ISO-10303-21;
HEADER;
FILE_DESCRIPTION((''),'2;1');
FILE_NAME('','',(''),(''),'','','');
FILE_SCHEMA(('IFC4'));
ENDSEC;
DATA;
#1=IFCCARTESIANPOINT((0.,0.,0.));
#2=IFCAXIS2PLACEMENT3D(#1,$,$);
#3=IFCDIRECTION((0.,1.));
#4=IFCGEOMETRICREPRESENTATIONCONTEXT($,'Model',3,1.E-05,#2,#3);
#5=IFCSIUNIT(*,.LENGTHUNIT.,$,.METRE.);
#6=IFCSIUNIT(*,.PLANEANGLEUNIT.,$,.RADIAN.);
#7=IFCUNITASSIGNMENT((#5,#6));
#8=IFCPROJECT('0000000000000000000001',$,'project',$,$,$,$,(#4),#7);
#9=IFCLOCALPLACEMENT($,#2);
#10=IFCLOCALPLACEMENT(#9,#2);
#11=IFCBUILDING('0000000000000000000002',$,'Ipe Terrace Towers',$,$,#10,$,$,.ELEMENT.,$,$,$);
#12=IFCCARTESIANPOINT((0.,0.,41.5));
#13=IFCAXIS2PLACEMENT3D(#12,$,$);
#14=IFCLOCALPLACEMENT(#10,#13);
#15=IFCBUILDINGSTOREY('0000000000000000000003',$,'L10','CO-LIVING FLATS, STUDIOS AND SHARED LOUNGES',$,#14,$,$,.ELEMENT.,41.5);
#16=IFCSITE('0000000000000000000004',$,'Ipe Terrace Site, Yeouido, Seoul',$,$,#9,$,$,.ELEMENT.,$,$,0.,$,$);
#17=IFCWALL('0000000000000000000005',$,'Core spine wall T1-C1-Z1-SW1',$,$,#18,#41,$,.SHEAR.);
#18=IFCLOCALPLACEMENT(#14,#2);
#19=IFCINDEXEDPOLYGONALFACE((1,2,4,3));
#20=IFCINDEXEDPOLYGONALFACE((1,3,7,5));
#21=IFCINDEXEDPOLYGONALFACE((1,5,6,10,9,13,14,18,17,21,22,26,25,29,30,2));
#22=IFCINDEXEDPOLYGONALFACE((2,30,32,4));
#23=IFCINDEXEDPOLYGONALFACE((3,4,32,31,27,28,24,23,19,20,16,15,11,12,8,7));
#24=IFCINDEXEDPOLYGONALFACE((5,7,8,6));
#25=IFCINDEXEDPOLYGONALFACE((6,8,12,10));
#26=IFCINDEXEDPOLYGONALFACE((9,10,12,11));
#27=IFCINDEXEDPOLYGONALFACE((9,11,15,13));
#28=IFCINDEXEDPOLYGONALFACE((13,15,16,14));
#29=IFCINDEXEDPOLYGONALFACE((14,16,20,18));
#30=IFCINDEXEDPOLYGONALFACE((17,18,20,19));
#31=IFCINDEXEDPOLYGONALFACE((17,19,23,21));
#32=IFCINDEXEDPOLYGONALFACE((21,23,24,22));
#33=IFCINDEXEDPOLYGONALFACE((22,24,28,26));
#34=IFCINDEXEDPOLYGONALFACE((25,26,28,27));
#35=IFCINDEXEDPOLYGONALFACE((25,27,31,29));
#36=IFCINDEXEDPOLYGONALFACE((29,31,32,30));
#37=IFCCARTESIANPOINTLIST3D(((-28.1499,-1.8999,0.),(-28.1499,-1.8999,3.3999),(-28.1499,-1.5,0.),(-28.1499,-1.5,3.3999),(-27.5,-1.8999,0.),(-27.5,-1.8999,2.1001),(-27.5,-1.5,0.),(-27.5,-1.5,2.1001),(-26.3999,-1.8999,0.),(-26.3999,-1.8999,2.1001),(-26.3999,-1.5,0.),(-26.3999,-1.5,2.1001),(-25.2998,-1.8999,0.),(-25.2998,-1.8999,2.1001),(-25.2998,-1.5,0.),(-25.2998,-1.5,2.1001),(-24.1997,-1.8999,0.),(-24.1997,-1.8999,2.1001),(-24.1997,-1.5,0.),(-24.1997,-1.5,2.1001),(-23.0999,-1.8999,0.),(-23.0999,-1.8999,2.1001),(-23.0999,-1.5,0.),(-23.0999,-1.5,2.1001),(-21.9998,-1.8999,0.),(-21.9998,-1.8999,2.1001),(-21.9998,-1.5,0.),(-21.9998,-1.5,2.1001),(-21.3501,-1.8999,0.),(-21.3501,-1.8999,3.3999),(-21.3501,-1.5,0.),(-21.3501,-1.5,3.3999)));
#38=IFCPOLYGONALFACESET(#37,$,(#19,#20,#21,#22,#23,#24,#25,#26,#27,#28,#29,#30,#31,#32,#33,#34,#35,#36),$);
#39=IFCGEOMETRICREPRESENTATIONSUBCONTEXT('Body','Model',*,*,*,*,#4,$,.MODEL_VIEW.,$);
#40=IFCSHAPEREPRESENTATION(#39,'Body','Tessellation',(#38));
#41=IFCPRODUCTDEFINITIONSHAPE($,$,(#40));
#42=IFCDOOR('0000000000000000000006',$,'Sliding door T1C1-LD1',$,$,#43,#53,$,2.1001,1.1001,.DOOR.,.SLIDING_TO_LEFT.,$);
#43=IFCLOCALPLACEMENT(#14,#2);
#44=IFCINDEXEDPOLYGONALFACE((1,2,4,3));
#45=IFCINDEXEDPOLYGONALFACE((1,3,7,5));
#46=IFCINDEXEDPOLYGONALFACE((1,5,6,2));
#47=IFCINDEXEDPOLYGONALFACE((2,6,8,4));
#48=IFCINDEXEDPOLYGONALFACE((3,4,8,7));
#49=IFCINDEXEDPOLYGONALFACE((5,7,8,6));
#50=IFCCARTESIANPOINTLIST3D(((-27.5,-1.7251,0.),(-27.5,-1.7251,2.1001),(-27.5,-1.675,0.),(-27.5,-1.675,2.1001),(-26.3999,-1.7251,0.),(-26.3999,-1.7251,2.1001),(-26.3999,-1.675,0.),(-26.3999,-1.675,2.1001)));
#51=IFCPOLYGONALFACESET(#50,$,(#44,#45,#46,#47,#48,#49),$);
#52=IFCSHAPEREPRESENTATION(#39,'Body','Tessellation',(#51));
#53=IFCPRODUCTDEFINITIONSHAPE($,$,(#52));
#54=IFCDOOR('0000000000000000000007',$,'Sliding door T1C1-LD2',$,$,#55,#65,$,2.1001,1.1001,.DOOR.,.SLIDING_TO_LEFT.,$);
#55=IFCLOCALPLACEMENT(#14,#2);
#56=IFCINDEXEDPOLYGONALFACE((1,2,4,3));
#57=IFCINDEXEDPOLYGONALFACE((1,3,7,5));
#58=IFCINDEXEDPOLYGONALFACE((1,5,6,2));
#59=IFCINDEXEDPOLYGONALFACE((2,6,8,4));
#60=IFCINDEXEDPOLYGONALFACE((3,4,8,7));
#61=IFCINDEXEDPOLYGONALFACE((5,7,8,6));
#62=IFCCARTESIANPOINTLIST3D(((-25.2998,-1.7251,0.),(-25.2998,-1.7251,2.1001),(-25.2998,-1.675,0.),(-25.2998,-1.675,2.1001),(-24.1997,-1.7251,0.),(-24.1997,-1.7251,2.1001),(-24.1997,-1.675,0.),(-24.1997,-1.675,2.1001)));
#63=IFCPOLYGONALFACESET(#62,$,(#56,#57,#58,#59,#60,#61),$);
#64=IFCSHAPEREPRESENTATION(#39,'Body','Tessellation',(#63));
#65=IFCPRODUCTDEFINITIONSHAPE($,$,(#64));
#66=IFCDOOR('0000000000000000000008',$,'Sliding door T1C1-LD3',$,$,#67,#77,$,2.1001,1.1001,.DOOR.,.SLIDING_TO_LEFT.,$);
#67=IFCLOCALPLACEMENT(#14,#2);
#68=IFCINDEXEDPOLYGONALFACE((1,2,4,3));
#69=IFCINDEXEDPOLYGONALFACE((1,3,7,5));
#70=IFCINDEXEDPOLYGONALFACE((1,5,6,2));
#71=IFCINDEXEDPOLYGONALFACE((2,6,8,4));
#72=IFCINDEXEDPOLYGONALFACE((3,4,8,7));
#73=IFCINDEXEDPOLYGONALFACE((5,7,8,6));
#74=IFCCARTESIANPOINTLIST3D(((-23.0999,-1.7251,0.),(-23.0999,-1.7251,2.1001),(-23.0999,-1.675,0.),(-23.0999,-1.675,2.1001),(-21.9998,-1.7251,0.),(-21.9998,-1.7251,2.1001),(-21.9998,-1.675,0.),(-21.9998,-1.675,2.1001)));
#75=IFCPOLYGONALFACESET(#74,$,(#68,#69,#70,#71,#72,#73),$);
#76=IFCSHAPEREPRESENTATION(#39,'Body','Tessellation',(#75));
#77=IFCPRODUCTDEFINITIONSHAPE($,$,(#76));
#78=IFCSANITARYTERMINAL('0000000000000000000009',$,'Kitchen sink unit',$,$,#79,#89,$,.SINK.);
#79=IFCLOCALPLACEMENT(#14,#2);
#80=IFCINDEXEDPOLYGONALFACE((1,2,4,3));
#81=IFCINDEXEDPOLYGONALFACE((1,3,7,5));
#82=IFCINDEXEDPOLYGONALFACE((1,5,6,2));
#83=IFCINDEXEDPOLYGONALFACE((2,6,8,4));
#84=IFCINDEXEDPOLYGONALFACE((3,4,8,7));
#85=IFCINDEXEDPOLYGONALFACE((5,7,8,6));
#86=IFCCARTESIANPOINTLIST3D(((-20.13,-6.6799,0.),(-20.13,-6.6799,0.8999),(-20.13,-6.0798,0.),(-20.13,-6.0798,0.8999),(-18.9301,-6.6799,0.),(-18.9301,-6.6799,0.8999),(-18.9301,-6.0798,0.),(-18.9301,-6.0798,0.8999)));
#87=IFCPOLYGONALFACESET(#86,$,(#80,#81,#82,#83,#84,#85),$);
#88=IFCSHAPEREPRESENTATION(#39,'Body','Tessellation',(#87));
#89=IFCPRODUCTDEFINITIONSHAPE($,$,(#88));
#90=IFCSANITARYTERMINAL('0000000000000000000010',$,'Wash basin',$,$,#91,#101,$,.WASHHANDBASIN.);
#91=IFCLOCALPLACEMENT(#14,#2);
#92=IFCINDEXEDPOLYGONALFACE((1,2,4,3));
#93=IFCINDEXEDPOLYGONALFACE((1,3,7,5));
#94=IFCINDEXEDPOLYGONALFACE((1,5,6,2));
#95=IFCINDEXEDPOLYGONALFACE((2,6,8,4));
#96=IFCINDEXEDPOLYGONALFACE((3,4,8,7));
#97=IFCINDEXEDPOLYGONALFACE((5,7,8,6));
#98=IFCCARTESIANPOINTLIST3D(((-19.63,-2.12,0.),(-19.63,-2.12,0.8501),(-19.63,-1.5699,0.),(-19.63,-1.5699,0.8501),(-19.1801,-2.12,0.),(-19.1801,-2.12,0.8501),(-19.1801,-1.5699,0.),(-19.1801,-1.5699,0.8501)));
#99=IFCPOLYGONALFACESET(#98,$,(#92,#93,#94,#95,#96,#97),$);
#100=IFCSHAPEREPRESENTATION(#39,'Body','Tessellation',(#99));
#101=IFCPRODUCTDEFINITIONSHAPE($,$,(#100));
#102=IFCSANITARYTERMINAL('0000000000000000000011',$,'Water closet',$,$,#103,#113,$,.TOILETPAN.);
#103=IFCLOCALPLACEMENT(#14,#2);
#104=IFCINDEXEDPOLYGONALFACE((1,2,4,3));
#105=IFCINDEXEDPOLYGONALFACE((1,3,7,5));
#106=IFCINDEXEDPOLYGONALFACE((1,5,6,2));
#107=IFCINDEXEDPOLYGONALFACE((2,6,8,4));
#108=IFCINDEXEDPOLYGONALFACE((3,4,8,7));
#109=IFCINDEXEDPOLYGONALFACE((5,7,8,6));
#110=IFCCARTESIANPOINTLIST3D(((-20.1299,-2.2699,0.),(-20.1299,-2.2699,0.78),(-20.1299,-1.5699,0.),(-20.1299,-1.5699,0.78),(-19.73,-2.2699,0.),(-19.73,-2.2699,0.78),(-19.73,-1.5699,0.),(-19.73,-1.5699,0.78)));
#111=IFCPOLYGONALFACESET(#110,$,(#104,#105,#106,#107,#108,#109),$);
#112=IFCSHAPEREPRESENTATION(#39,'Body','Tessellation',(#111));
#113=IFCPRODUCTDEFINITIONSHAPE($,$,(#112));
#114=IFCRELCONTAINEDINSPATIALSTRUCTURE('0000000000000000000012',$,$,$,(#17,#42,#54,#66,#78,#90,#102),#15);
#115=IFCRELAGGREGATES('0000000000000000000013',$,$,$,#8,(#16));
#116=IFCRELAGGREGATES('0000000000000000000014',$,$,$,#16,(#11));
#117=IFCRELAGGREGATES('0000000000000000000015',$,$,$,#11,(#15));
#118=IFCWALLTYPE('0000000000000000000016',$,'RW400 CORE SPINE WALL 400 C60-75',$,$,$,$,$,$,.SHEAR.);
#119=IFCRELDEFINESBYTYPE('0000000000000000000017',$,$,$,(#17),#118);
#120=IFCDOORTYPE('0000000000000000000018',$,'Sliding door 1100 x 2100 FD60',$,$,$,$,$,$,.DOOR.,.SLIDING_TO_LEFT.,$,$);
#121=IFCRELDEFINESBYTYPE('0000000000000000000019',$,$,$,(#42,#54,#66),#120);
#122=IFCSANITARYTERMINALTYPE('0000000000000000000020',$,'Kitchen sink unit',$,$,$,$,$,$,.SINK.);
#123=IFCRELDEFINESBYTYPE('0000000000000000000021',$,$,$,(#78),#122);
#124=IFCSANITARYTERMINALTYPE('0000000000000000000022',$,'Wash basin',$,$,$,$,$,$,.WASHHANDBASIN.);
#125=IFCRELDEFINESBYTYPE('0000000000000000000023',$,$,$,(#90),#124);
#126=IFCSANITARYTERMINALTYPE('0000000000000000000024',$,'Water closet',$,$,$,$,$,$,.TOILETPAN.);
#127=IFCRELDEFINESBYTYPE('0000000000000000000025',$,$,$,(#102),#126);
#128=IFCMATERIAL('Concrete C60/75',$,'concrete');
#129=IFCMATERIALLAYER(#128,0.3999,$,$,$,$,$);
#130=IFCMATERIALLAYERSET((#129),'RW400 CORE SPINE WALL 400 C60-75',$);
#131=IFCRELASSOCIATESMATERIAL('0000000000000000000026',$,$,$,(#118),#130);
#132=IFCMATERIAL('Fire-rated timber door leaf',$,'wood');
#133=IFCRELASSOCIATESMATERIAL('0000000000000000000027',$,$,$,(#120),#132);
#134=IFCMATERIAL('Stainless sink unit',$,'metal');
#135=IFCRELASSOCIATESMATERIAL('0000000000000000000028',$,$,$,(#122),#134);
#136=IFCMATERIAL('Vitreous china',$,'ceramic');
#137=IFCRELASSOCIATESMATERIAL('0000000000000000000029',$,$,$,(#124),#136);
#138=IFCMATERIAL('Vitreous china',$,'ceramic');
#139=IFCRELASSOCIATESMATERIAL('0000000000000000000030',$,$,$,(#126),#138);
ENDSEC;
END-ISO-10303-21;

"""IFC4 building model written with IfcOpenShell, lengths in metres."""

from ifc_helpers import new_model, si_unit, direction, frame, frame_2d, origin, origin_2d, place, context, subcontext, project, spatial, rectangle, extrude, material, layer, layer_set, type_object, element, fill, save


model = new_model("IFC4")

# Units and contexts
model_context = context("Model", 3, precision=1e-05, world=origin(), true_north=direction((0.0, 1.0)))
body_context = subcontext(model_context, "Body", "Model", "MODEL_VIEW")
ifc_project = project(units=[si_unit("LENGTHUNIT", "METRE"), si_unit("PLANEANGLEUNIT", "RADIAN")], contexts=[model_context])

# Site, building, storey
site_placement = place(None, origin())
site = spatial("IfcSite", under=ifc_project, at=site_placement, Name="Ipe Terrace Site, Yeouido, Seoul", CompositionType="ELEMENT", RefElevation=0.0)
building_placement = place(site_placement, origin())
building = spatial("IfcBuilding", under=site, at=building_placement, Name="Ipe Terrace Towers", CompositionType="ELEMENT")
storey_placement = place(building_placement, frame((0.0, 0.0, 41.5)))
storey = spatial("IfcBuildingStorey", under=building, at=storey_placement, Name="L10", Description="CO-LIVING FLATS, STUDIOS AND SHARED LOUNGES", CompositionType="ELEMENT", Elevation=41.5)

# Wall, openings, doors
ifc_material_1 = material(Name="Concrete C60/75", Category="concrete")
ifc_layer_1 = layer(ifc_material_1, 0.3999)
ifc_layer_set_1 = layer_set([ifc_layer_1], Name="RW400 CORE SPINE WALL 400 C60-75")
wall_type_1 = type_object("IfcWallType", Name="RW400 CORE SPINE WALL 400 C60-75", PredefinedType="SHEAR", material=ifc_layer_set_1)
wall_1_placement = place(storey_placement, frame((-28.1499, -1.7, 0.0), z_axis=(0.0, 0.0, 1.0), x_axis=(1.0, 0.0, 0.0)))
wall_1 = element("IfcWall", 1, at=wall_1_placement, inside=storey, type_object=wall_type_1, Name="Core spine wall T1-C1-Z1-SW1", PredefinedType="SHEAR", context=body_context, shape_type="SweptSolid", body=[
    extrude(rectangle(XDim=6.7998, YDim=0.3999, at=frame_2d((3.3999, 0.0))), origin(), (0.0, 0.0, 1.0), 3.3999),
])
opening_1_placement = place(wall_1_placement, frame((0.6499, 0.0, 0.0)))
opening_1 = element("IfcOpeningElement", 2, at=opening_1_placement, cuts=wall_1, PredefinedType="OPENING", context=body_context, shape_type="SweptSolid", body=[
    extrude(rectangle(XDim=1.1001, YDim=2.1001, at=frame_2d((0.55, 1.05))), frame((0.0, 0.21, 0.0), z_axis=(0.0, -1.0, 0.0), x_axis=(1.0, 0.0, 0.0)), (0.0, 0.0, 1.0), 0.4199),
])
opening_2_placement = place(wall_1_placement, frame((2.8501, 0.0, 0.0)))
opening_2 = element("IfcOpeningElement", 3, at=opening_2_placement, cuts=wall_1, PredefinedType="OPENING", context=body_context, shape_type="SweptSolid", body=[
    extrude(rectangle(XDim=1.1001, YDim=2.1001, at=frame_2d((0.55, 1.05))), frame((0.0, 0.21, 0.0), z_axis=(0.0, -1.0, 0.0), x_axis=(1.0, 0.0, 0.0)), (0.0, 0.0, 1.0), 0.4199),
])
opening_3_placement = place(wall_1_placement, frame((5.05, 0.0, 0.0)))
opening_3 = element("IfcOpeningElement", 4, at=opening_3_placement, cuts=wall_1, PredefinedType="OPENING", context=body_context, shape_type="SweptSolid", body=[
    extrude(rectangle(XDim=1.1001, YDim=2.1001, at=frame_2d((0.55, 1.05))), frame((0.0, 0.21, 0.0), z_axis=(0.0, -1.0, 0.0), x_axis=(1.0, 0.0, 0.0)), (0.0, 0.0, 1.0), 0.4199),
])
ifc_material_2 = material(Name="Fire-rated timber door leaf", Category="wood")
door_type_1 = type_object("IfcDoorType", Name="Sliding door 1100 x 2100 FD60", OperationType="SLIDING_TO_LEFT", PredefinedType="DOOR", material=ifc_material_2)
door_1_placement = place(opening_1_placement, origin())
door_1 = element("IfcDoor", 5, at=door_1_placement, inside=storey, type_object=door_type_1, Name="Sliding door T1C1-LD1", OperationType="SLIDING_TO_LEFT", OverallHeight=2.1001, OverallWidth=1.1001, PredefinedType="DOOR", context=body_context, shape_type="SweptSolid", body=[
    extrude(rectangle(XDim=1.1001, YDim=2.1001, at=frame_2d((0.55, 1.05))), frame((0.0, 0.0249, 0.0), z_axis=(0.0, -1.0, 0.0), x_axis=(1.0, 0.0, 0.0)), (0.0, 0.0, 1.0), 0.05),
])
fill(opening_1, door_1)
door_2_placement = place(opening_2_placement, origin())
door_2 = element("IfcDoor", 6, at=door_2_placement, inside=storey, type_object=door_type_1, Name="Sliding door T1C1-LD2", OperationType="SLIDING_TO_LEFT", OverallHeight=2.1001, OverallWidth=1.1001, PredefinedType="DOOR", context=body_context, shape_type="SweptSolid", body=[
    extrude(rectangle(XDim=1.1001, YDim=2.1001, at=frame_2d((0.55, 1.05))), frame((0.0, 0.0249, 0.0), z_axis=(0.0, -1.0, 0.0), x_axis=(1.0, 0.0, 0.0)), (0.0, 0.0, 1.0), 0.05),
])
fill(opening_2, door_2)
door_3_placement = place(opening_3_placement, origin())
door_3 = element("IfcDoor", 7, at=door_3_placement, inside=storey, type_object=door_type_1, Name="Sliding door T1C1-LD3", OperationType="SLIDING_TO_LEFT", OverallHeight=2.1001, OverallWidth=1.1001, PredefinedType="DOOR", context=body_context, shape_type="SweptSolid", body=[
    extrude(rectangle(XDim=1.1001, YDim=2.1001, at=frame_2d((0.55, 1.05))), frame((0.0, 0.0249, 0.0), z_axis=(0.0, -1.0, 0.0), x_axis=(1.0, 0.0, 0.0)), (0.0, 0.0, 1.0), 0.05),
])
fill(opening_3, door_3)

# Sanitary terminals
ifc_material_3 = material(Name="Stainless sink unit", Category="metal")
sanitary_terminal_type_1 = type_object("IfcSanitaryTerminalType", Name="Kitchen sink unit", PredefinedType="SINK", material=ifc_material_3)
sanitary_terminal_1_placement = place(storey_placement, frame((-19.53, -6.3799, 0.0), z_axis=(0.0, 0.0, 1.0), x_axis=(-1.0, 0.0, 0.0)))
element("IfcSanitaryTerminal", 8, at=sanitary_terminal_1_placement, inside=storey, type_object=sanitary_terminal_type_1, Name="Kitchen sink unit", PredefinedType="SINK", context=body_context, shape_type="SweptSolid", body=[
    extrude(rectangle(XDim=1.2, YDim=0.6001, at=origin_2d()), origin(), (0.0, 0.0, 1.0), 0.8999),
])
ifc_material_4 = material(Name="Vitreous china", Category="ceramic")
sanitary_terminal_type_2 = type_object("IfcSanitaryTerminalType", Name="Wash basin", PredefinedType="WASHHANDBASIN", material=ifc_material_4)
sanitary_terminal_2_placement = place(storey_placement, frame((-19.405, -1.845, 0.0), z_axis=(0.0, 0.0, 1.0), x_axis=(0.0, -1.0, 0.0)))
element("IfcSanitaryTerminal", 9, at=sanitary_terminal_2_placement, inside=storey, type_object=sanitary_terminal_type_2, Name="Wash basin", PredefinedType="WASHHANDBASIN", context=body_context, shape_type="SweptSolid", body=[
    extrude(rectangle(XDim=0.55, YDim=0.45, at=origin_2d()), origin(), (0.0, 0.0, 1.0), 0.8501),
])
ifc_material_5 = material(Name="Vitreous china", Category="ceramic")
sanitary_terminal_type_3 = type_object("IfcSanitaryTerminalType", Name="Water closet", PredefinedType="TOILETPAN", material=ifc_material_5)
sanitary_terminal_3_placement = place(storey_placement, frame((-19.9299, -1.9199, 0.0), z_axis=(0.0, 0.0, 1.0), x_axis=(0.0, -1.0, 0.0)))
element("IfcSanitaryTerminal", 10, at=sanitary_terminal_3_placement, inside=storey, type_object=sanitary_terminal_type_3, Name="Water closet", PredefinedType="TOILETPAN", context=body_context, shape_type="SweptSolid", body=[
    extrude(rectangle(XDim=0.7, YDim=0.3999, at=origin_2d()), origin(), (0.0, 0.0, 1.0), 0.78),
])

save(model, "model.ifc")
